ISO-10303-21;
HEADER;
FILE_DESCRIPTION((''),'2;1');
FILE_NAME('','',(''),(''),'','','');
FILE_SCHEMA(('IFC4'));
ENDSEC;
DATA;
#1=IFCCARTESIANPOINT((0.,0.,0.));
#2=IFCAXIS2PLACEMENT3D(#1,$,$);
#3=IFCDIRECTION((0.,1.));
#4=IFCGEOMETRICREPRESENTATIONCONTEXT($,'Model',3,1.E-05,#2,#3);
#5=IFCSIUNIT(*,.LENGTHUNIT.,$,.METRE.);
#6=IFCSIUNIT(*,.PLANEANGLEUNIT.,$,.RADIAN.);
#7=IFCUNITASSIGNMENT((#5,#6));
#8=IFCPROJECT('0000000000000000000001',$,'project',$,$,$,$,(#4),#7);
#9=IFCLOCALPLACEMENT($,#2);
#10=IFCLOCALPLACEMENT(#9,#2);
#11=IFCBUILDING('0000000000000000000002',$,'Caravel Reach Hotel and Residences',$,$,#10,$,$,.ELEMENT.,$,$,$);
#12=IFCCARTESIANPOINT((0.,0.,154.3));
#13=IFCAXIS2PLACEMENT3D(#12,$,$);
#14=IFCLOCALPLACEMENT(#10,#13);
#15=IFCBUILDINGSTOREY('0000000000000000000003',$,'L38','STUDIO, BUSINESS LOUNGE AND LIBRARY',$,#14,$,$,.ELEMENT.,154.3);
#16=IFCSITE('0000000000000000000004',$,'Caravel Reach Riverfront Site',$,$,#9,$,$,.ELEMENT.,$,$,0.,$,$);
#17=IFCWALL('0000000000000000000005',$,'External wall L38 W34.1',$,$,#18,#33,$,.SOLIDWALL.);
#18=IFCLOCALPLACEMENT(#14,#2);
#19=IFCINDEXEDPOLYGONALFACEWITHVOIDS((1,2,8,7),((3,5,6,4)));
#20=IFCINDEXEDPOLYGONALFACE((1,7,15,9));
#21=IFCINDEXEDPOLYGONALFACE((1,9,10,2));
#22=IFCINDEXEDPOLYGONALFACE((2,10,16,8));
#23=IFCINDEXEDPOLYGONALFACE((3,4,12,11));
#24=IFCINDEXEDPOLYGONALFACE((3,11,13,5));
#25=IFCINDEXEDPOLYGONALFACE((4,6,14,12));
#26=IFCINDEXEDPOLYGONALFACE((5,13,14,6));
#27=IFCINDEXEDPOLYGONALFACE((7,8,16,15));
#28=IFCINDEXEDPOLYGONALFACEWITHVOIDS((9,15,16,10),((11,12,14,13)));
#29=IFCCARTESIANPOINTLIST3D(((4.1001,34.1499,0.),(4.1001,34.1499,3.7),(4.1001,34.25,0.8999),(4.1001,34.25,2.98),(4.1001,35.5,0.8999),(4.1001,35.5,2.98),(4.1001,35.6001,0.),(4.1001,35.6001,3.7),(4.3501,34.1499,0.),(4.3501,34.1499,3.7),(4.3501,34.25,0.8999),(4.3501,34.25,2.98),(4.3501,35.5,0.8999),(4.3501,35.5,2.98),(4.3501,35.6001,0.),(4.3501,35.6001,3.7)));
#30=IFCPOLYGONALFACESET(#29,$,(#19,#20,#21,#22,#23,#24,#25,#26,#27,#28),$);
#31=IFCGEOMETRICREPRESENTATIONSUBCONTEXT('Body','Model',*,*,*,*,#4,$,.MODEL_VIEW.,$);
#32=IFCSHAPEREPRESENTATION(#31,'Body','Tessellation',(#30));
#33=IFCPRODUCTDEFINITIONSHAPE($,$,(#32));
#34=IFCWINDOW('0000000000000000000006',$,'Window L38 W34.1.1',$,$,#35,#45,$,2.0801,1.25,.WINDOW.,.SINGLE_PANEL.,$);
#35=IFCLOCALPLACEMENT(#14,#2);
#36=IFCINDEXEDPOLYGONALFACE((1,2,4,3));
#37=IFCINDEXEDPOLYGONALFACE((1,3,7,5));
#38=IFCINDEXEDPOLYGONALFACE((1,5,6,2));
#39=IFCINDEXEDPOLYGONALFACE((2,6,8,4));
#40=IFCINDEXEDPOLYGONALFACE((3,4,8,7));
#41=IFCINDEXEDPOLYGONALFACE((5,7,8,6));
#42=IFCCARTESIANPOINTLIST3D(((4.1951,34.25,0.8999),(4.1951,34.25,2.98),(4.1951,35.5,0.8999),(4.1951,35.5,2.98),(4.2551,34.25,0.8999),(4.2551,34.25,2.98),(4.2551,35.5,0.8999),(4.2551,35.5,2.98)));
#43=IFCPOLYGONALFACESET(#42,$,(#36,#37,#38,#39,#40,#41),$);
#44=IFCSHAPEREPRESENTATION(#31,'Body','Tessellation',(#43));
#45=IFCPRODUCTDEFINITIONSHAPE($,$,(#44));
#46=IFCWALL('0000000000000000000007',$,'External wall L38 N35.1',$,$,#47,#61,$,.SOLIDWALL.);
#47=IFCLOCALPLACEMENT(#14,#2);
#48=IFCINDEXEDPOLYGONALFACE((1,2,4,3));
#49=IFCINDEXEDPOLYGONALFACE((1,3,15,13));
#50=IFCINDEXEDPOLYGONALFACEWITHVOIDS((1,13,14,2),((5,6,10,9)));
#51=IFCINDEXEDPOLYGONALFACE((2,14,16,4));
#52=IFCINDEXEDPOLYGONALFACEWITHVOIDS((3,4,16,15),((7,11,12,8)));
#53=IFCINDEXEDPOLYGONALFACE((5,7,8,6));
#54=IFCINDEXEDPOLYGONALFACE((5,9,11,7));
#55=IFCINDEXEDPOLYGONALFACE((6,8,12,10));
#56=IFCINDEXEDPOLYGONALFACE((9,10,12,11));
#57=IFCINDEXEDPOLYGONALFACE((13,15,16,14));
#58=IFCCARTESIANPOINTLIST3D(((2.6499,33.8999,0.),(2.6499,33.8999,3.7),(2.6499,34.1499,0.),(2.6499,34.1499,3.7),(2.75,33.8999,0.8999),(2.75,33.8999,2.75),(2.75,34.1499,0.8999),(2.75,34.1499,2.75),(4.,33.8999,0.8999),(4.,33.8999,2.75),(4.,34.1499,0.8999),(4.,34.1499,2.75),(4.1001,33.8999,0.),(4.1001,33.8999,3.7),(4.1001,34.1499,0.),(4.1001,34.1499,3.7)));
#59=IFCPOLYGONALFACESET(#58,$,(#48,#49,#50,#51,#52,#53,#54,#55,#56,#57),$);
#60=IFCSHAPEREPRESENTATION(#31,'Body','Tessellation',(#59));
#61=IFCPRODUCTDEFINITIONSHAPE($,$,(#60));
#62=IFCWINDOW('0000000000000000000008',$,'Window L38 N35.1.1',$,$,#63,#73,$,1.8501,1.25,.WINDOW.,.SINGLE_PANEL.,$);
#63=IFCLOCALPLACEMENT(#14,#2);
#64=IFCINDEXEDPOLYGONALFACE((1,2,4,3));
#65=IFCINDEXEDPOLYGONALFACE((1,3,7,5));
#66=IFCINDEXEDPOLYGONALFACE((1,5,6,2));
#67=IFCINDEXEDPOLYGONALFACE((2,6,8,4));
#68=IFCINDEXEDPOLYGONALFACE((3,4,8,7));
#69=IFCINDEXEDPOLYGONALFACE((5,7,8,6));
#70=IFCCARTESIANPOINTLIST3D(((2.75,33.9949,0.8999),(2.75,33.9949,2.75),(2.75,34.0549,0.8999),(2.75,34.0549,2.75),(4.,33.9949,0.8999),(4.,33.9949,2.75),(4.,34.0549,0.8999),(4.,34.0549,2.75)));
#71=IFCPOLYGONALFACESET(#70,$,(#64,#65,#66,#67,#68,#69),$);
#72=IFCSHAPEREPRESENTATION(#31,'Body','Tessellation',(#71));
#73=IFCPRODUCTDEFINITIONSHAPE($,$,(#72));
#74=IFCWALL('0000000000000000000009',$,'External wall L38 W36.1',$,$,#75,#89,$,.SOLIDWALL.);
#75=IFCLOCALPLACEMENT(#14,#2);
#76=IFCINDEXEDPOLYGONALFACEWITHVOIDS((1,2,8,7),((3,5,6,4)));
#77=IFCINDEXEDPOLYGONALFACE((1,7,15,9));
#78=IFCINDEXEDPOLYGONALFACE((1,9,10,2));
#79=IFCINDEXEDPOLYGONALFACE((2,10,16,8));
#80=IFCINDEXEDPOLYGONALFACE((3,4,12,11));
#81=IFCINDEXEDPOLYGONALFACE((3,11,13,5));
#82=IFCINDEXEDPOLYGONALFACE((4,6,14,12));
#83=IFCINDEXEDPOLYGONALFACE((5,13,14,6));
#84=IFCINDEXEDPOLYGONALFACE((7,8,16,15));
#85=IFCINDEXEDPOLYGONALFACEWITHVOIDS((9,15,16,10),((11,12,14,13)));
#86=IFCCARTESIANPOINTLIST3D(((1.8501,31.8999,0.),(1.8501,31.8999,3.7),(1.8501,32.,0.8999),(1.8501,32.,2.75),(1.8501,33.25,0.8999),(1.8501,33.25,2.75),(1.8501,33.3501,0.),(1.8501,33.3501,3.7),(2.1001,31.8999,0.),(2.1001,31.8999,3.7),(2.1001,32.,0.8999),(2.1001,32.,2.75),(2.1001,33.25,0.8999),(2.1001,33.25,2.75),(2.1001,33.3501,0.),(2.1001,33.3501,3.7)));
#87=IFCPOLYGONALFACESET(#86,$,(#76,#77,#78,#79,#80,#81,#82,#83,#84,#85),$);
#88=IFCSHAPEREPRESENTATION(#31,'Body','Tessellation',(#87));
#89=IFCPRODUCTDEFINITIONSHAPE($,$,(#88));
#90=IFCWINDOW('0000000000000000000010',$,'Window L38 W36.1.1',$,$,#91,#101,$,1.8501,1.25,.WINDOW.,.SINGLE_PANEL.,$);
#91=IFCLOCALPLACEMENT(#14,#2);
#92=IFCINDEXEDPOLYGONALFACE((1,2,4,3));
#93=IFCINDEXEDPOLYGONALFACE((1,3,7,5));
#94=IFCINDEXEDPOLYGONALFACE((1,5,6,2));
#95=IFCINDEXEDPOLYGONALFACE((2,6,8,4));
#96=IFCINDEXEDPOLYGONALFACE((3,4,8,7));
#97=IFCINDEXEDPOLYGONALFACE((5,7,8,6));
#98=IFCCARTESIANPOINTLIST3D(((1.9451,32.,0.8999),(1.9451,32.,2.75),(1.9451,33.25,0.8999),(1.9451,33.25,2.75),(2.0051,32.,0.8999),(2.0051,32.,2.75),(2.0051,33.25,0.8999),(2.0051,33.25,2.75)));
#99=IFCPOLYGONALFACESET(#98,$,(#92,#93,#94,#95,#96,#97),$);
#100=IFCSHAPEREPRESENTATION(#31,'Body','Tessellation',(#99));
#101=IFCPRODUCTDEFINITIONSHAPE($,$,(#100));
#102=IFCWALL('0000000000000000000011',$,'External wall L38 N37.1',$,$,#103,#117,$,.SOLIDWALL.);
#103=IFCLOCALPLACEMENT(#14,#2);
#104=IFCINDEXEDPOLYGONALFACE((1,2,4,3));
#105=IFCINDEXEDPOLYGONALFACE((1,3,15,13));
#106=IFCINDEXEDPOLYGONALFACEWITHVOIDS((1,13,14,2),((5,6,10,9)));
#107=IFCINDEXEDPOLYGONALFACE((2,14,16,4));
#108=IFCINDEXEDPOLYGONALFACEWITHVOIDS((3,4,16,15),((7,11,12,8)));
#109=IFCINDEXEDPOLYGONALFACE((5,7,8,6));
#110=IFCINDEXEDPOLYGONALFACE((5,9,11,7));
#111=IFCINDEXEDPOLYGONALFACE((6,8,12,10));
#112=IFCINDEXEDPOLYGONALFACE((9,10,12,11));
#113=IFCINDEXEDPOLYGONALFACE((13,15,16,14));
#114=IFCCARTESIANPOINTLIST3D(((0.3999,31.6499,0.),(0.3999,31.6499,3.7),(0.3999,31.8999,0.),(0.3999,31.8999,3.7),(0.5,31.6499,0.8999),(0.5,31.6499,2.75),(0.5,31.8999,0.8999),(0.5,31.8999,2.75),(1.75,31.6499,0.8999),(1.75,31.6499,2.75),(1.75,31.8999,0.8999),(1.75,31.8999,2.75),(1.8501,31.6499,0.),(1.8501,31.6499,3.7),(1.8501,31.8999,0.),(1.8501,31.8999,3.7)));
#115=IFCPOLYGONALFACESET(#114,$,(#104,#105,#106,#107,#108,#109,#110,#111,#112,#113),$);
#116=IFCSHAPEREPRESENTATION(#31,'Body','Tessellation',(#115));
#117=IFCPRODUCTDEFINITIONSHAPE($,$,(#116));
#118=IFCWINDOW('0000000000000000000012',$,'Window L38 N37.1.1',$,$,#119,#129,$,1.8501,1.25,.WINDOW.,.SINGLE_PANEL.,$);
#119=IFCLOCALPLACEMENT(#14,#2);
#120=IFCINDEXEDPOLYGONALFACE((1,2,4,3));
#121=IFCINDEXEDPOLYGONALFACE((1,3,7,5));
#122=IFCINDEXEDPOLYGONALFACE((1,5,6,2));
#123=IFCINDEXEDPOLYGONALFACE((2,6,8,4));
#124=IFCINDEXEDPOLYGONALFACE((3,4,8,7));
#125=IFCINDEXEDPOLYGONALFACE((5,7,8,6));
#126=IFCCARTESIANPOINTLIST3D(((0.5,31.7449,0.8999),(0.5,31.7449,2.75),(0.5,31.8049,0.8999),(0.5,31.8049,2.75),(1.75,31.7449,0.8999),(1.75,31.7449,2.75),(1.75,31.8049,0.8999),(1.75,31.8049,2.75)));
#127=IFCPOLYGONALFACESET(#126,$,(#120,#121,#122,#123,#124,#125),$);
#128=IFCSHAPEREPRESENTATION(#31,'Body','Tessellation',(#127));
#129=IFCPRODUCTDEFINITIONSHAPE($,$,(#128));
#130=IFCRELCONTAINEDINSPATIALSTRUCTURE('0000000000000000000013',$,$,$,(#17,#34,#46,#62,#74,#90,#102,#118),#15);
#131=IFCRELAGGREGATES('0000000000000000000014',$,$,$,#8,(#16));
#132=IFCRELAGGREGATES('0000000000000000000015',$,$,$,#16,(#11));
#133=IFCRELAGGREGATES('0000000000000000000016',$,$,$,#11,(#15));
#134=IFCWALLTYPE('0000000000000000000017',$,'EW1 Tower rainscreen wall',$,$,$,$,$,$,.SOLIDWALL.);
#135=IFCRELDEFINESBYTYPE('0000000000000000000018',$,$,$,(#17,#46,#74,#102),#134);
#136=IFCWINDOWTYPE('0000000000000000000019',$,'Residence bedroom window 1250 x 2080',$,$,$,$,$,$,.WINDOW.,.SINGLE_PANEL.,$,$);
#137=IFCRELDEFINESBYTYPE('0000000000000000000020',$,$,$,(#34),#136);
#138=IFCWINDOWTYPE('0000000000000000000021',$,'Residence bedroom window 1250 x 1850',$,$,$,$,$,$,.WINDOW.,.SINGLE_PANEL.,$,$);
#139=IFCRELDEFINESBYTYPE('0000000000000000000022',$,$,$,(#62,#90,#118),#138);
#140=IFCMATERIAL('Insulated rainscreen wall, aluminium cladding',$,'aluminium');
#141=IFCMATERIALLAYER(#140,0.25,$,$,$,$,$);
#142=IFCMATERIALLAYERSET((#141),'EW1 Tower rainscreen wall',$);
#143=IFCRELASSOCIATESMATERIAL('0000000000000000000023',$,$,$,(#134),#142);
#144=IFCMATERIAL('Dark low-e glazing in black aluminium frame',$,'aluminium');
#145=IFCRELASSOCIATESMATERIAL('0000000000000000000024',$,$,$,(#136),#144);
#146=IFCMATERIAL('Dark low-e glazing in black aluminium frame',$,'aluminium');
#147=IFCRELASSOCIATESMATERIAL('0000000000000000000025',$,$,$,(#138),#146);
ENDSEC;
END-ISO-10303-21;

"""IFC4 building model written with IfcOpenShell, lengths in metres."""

from ifc_helpers import new_model, si_unit, direction, frame, frame_2d, origin, place, context, subcontext, project, spatial, rectangle, extrude, material, layer, layer_set, type_object, element, fill, save


model = new_model("IFC4")

# Units and contexts
model_context = context("Model", 3, precision=1e-05, world=origin(), true_north=direction((0.0, 1.0)))
body_context = subcontext(model_context, "Body", "Model", "MODEL_VIEW")
ifc_project = project(units=[si_unit("LENGTHUNIT", "METRE"), si_unit("PLANEANGLEUNIT", "RADIAN")], contexts=[model_context])

# Site, building, storey
site_placement = place(None, origin())
site = spatial("IfcSite", under=ifc_project, at=site_placement, Name="Caravel Reach Riverfront Site", CompositionType="ELEMENT", RefElevation=0.0)
building_placement = place(site_placement, origin())
building = spatial("IfcBuilding", under=site, at=building_placement, Name="Caravel Reach Hotel and Residences", CompositionType="ELEMENT")
storey_placement = place(building_placement, frame((0.0, 0.0, 154.3)))
storey = spatial("IfcBuildingStorey", under=building, at=storey_placement, Name="L38", Description="STUDIO, BUSINESS LOUNGE AND LIBRARY", CompositionType="ELEMENT", Elevation=154.3)

# Walls, openings, windows
ifc_material_1 = material(Name="Insulated rainscreen wall, aluminium cladding", Category="aluminium")
ifc_layer_1 = layer(ifc_material_1, 0.25)
ifc_layer_set_1 = layer_set([ifc_layer_1], Name="EW1 Tower rainscreen wall")
wall_type_1 = type_object("IfcWallType", Name="EW1 Tower rainscreen wall", PredefinedType="SOLIDWALL", material=ifc_layer_set_1)
wall_1_placement = place(storey_placement, frame((4.2251, 35.6001, 0.0), z_axis=(0.0, 0.0, 1.0), x_axis=(0.0, -1.0, 0.0)))
wall_1 = element("IfcWall", 1, at=wall_1_placement, inside=storey, type_object=wall_type_1, Name="External wall L38 W34.1", PredefinedType="SOLIDWALL", context=body_context, shape_type="SweptSolid", body=[
    extrude(rectangle(XDim=1.4502, YDim=0.25, at=frame_2d((0.7251, 0.0))), origin(), (0.0, 0.0, 1.0), 3.7),
])
opening_1_placement = place(wall_1_placement, frame((0.1001, 0.0, 0.8999)))
opening_1 = element("IfcOpeningElement", 2, at=opening_1_placement, cuts=wall_1, PredefinedType="OPENING", context=body_context, shape_type="SweptSolid", body=[
    extrude(rectangle(XDim=1.25, YDim=2.0801, at=frame_2d((0.625, 1.04))), frame((0.0, 0.135, 0.0), z_axis=(0.0, -1.0, 0.0), x_axis=(1.0, 0.0, 0.0)), (0.0, 0.0, 1.0), 0.27),
])
ifc_material_2 = material(Name="Dark low-e glazing in black aluminium frame", Category="aluminium")
window_type_1 = type_object("IfcWindowType", Name="Residence bedroom window 1250 x 2080", PartitioningType="SINGLE_PANEL", PredefinedType="WINDOW", material=ifc_material_2)
window_1_placement = place(opening_1_placement, origin())
window_1 = element("IfcWindow", 3, at=window_1_placement, inside=storey, type_object=window_type_1, Name="Window L38 W34.1.1", OverallHeight=2.0801, OverallWidth=1.25, PartitioningType="SINGLE_PANEL", PredefinedType="WINDOW", context=body_context, shape_type="SweptSolid", body=[
    extrude(rectangle(XDim=1.25, YDim=2.0801, at=frame_2d((0.625, 1.04))), frame((0.0, 0.03, 0.0), z_axis=(0.0, -1.0, 0.0), x_axis=(1.0, 0.0, 0.0)), (0.0, 0.0, 1.0), 0.0601),
])
fill(opening_1, window_1)
wall_2_placement = place(storey_placement, frame((4.1001, 34.0249, 0.0), z_axis=(0.0, 0.0, 1.0), x_axis=(-1.0, 0.0, 0.0)))
wall_2 = element("IfcWall", 4, at=wall_2_placement, inside=storey, type_object=wall_type_1, Name="External wall L38 N35.1", PredefinedType="SOLIDWALL", context=body_context, shape_type="SweptSolid", body=[
    extrude(rectangle(XDim=1.4502, YDim=0.25, at=frame_2d((0.7251, 0.0))), origin(), (0.0, 0.0, 1.0), 3.7),
])
opening_2_placement = place(wall_2_placement, frame((0.1001, 0.0, 0.8999)))
opening_2 = element("IfcOpeningElement", 5, at=opening_2_placement, cuts=wall_2, PredefinedType="OPENING", context=body_context, shape_type="SweptSolid", body=[
    extrude(rectangle(XDim=1.25, YDim=1.8501, at=frame_2d((0.625, 0.925))), frame((0.0, 0.135, 0.0), z_axis=(0.0, -1.0, 0.0), x_axis=(1.0, 0.0, 0.0)), (0.0, 0.0, 1.0), 0.27),
])
ifc_material_3 = material(Name="Dark low-e glazing in black aluminium frame", Category="aluminium")
window_type_2 = type_object("IfcWindowType", Name="Residence bedroom window 1250 x 1850", PartitioningType="SINGLE_PANEL", PredefinedType="WINDOW", material=ifc_material_3)
window_2_placement = place(opening_2_placement, origin())
window_2 = element("IfcWindow", 6, at=window_2_placement, inside=storey, type_object=window_type_2, Name="Window L38 N35.1.1", OverallHeight=1.8501, OverallWidth=1.25, PartitioningType="SINGLE_PANEL", PredefinedType="WINDOW", context=body_context, shape_type="SweptSolid", body=[
    extrude(rectangle(XDim=1.25, YDim=1.8501, at=frame_2d((0.625, 0.925))), frame((0.0, 0.03, 0.0), z_axis=(0.0, -1.0, 0.0), x_axis=(1.0, 0.0, 0.0)), (0.0, 0.0, 1.0), 0.0601),
])
fill(opening_2, window_2)
wall_3_placement = place(storey_placement, frame((1.9751, 33.3501, 0.0), z_axis=(0.0, 0.0, 1.0), x_axis=(0.0, -1.0, 0.0)))
wall_3 = element("IfcWall", 7, at=wall_3_placement, inside=storey, type_object=wall_type_1, Name="External wall L38 W36.1", PredefinedType="SOLIDWALL", context=body_context, shape_type="SweptSolid", body=[
    extrude(rectangle(XDim=1.4502, YDim=0.25, at=frame_2d((0.7251, 0.0))), origin(), (0.0, 0.0, 1.0), 3.7),
])
opening_3_placement = place(wall_3_placement, frame((0.1001, 0.0, 0.8999)))
opening_3 = element("IfcOpeningElement", 8, at=opening_3_placement, cuts=wall_3, PredefinedType="OPENING", context=body_context, shape_type="SweptSolid", body=[
    extrude(rectangle(XDim=1.25, YDim=1.8501, at=frame_2d((0.625, 0.925))), frame((0.0, 0.135, 0.0), z_axis=(0.0, -1.0, 0.0), x_axis=(1.0, 0.0, 0.0)), (0.0, 0.0, 1.0), 0.27),
])
window_3_placement = place(opening_3_placement, origin())
window_3 = element("IfcWindow", 9, at=window_3_placement, inside=storey, type_object=window_type_2, Name="Window L38 W36.1.1", OverallHeight=1.8501, OverallWidth=1.25, PartitioningType="SINGLE_PANEL", PredefinedType="WINDOW", context=body_context, shape_type="SweptSolid", body=[
    extrude(rectangle(XDim=1.25, YDim=1.8501, at=frame_2d((0.625, 0.925))), frame((0.0, 0.03, 0.0), z_axis=(0.0, -1.0, 0.0), x_axis=(1.0, 0.0, 0.0)), (0.0, 0.0, 1.0), 0.0601),
])
fill(opening_3, window_3)
wall_4_placement = place(storey_placement, frame((1.8501, 31.7749, 0.0), z_axis=(0.0, 0.0, 1.0), x_axis=(-1.0, 0.0, 0.0)))
wall_4 = element("IfcWall", 10, at=wall_4_placement, inside=storey, type_object=wall_type_1, Name="External wall L38 N37.1", PredefinedType="SOLIDWALL", context=body_context, shape_type="SweptSolid", body=[
    extrude(rectangle(XDim=1.4502, YDim=0.25, at=frame_2d((0.7251, 0.0))), origin(), (0.0, 0.0, 1.0), 3.7),
])
opening_4_placement = place(wall_4_placement, frame((0.1001, 0.0, 0.8999)))
opening_4 = element("IfcOpeningElement", 11, at=opening_4_placement, cuts=wall_4, PredefinedType="OPENING", context=body_context, shape_type="SweptSolid", body=[
    extrude(rectangle(XDim=1.25, YDim=1.8501, at=frame_2d((0.625, 0.925))), frame((0.0, 0.135, 0.0), z_axis=(0.0, -1.0, 0.0), x_axis=(1.0, 0.0, 0.0)), (0.0, 0.0, 1.0), 0.27),
])
window_4_placement = place(opening_4_placement, origin())
window_4 = element("IfcWindow", 12, at=window_4_placement, inside=storey, type_object=window_type_2, Name="Window L38 N37.1.1", OverallHeight=1.8501, OverallWidth=1.25, PartitioningType="SINGLE_PANEL", PredefinedType="WINDOW", context=body_context, shape_type="SweptSolid", body=[
    extrude(rectangle(XDim=1.25, YDim=1.8501, at=frame_2d((0.625, 0.925))), frame((0.0, 0.03, 0.0), z_axis=(0.0, -1.0, 0.0), x_axis=(1.0, 0.0, 0.0)), (0.0, 0.0, 1.0), 0.0601),
])
fill(opening_4, window_4)

save(model, "model.ifc")
